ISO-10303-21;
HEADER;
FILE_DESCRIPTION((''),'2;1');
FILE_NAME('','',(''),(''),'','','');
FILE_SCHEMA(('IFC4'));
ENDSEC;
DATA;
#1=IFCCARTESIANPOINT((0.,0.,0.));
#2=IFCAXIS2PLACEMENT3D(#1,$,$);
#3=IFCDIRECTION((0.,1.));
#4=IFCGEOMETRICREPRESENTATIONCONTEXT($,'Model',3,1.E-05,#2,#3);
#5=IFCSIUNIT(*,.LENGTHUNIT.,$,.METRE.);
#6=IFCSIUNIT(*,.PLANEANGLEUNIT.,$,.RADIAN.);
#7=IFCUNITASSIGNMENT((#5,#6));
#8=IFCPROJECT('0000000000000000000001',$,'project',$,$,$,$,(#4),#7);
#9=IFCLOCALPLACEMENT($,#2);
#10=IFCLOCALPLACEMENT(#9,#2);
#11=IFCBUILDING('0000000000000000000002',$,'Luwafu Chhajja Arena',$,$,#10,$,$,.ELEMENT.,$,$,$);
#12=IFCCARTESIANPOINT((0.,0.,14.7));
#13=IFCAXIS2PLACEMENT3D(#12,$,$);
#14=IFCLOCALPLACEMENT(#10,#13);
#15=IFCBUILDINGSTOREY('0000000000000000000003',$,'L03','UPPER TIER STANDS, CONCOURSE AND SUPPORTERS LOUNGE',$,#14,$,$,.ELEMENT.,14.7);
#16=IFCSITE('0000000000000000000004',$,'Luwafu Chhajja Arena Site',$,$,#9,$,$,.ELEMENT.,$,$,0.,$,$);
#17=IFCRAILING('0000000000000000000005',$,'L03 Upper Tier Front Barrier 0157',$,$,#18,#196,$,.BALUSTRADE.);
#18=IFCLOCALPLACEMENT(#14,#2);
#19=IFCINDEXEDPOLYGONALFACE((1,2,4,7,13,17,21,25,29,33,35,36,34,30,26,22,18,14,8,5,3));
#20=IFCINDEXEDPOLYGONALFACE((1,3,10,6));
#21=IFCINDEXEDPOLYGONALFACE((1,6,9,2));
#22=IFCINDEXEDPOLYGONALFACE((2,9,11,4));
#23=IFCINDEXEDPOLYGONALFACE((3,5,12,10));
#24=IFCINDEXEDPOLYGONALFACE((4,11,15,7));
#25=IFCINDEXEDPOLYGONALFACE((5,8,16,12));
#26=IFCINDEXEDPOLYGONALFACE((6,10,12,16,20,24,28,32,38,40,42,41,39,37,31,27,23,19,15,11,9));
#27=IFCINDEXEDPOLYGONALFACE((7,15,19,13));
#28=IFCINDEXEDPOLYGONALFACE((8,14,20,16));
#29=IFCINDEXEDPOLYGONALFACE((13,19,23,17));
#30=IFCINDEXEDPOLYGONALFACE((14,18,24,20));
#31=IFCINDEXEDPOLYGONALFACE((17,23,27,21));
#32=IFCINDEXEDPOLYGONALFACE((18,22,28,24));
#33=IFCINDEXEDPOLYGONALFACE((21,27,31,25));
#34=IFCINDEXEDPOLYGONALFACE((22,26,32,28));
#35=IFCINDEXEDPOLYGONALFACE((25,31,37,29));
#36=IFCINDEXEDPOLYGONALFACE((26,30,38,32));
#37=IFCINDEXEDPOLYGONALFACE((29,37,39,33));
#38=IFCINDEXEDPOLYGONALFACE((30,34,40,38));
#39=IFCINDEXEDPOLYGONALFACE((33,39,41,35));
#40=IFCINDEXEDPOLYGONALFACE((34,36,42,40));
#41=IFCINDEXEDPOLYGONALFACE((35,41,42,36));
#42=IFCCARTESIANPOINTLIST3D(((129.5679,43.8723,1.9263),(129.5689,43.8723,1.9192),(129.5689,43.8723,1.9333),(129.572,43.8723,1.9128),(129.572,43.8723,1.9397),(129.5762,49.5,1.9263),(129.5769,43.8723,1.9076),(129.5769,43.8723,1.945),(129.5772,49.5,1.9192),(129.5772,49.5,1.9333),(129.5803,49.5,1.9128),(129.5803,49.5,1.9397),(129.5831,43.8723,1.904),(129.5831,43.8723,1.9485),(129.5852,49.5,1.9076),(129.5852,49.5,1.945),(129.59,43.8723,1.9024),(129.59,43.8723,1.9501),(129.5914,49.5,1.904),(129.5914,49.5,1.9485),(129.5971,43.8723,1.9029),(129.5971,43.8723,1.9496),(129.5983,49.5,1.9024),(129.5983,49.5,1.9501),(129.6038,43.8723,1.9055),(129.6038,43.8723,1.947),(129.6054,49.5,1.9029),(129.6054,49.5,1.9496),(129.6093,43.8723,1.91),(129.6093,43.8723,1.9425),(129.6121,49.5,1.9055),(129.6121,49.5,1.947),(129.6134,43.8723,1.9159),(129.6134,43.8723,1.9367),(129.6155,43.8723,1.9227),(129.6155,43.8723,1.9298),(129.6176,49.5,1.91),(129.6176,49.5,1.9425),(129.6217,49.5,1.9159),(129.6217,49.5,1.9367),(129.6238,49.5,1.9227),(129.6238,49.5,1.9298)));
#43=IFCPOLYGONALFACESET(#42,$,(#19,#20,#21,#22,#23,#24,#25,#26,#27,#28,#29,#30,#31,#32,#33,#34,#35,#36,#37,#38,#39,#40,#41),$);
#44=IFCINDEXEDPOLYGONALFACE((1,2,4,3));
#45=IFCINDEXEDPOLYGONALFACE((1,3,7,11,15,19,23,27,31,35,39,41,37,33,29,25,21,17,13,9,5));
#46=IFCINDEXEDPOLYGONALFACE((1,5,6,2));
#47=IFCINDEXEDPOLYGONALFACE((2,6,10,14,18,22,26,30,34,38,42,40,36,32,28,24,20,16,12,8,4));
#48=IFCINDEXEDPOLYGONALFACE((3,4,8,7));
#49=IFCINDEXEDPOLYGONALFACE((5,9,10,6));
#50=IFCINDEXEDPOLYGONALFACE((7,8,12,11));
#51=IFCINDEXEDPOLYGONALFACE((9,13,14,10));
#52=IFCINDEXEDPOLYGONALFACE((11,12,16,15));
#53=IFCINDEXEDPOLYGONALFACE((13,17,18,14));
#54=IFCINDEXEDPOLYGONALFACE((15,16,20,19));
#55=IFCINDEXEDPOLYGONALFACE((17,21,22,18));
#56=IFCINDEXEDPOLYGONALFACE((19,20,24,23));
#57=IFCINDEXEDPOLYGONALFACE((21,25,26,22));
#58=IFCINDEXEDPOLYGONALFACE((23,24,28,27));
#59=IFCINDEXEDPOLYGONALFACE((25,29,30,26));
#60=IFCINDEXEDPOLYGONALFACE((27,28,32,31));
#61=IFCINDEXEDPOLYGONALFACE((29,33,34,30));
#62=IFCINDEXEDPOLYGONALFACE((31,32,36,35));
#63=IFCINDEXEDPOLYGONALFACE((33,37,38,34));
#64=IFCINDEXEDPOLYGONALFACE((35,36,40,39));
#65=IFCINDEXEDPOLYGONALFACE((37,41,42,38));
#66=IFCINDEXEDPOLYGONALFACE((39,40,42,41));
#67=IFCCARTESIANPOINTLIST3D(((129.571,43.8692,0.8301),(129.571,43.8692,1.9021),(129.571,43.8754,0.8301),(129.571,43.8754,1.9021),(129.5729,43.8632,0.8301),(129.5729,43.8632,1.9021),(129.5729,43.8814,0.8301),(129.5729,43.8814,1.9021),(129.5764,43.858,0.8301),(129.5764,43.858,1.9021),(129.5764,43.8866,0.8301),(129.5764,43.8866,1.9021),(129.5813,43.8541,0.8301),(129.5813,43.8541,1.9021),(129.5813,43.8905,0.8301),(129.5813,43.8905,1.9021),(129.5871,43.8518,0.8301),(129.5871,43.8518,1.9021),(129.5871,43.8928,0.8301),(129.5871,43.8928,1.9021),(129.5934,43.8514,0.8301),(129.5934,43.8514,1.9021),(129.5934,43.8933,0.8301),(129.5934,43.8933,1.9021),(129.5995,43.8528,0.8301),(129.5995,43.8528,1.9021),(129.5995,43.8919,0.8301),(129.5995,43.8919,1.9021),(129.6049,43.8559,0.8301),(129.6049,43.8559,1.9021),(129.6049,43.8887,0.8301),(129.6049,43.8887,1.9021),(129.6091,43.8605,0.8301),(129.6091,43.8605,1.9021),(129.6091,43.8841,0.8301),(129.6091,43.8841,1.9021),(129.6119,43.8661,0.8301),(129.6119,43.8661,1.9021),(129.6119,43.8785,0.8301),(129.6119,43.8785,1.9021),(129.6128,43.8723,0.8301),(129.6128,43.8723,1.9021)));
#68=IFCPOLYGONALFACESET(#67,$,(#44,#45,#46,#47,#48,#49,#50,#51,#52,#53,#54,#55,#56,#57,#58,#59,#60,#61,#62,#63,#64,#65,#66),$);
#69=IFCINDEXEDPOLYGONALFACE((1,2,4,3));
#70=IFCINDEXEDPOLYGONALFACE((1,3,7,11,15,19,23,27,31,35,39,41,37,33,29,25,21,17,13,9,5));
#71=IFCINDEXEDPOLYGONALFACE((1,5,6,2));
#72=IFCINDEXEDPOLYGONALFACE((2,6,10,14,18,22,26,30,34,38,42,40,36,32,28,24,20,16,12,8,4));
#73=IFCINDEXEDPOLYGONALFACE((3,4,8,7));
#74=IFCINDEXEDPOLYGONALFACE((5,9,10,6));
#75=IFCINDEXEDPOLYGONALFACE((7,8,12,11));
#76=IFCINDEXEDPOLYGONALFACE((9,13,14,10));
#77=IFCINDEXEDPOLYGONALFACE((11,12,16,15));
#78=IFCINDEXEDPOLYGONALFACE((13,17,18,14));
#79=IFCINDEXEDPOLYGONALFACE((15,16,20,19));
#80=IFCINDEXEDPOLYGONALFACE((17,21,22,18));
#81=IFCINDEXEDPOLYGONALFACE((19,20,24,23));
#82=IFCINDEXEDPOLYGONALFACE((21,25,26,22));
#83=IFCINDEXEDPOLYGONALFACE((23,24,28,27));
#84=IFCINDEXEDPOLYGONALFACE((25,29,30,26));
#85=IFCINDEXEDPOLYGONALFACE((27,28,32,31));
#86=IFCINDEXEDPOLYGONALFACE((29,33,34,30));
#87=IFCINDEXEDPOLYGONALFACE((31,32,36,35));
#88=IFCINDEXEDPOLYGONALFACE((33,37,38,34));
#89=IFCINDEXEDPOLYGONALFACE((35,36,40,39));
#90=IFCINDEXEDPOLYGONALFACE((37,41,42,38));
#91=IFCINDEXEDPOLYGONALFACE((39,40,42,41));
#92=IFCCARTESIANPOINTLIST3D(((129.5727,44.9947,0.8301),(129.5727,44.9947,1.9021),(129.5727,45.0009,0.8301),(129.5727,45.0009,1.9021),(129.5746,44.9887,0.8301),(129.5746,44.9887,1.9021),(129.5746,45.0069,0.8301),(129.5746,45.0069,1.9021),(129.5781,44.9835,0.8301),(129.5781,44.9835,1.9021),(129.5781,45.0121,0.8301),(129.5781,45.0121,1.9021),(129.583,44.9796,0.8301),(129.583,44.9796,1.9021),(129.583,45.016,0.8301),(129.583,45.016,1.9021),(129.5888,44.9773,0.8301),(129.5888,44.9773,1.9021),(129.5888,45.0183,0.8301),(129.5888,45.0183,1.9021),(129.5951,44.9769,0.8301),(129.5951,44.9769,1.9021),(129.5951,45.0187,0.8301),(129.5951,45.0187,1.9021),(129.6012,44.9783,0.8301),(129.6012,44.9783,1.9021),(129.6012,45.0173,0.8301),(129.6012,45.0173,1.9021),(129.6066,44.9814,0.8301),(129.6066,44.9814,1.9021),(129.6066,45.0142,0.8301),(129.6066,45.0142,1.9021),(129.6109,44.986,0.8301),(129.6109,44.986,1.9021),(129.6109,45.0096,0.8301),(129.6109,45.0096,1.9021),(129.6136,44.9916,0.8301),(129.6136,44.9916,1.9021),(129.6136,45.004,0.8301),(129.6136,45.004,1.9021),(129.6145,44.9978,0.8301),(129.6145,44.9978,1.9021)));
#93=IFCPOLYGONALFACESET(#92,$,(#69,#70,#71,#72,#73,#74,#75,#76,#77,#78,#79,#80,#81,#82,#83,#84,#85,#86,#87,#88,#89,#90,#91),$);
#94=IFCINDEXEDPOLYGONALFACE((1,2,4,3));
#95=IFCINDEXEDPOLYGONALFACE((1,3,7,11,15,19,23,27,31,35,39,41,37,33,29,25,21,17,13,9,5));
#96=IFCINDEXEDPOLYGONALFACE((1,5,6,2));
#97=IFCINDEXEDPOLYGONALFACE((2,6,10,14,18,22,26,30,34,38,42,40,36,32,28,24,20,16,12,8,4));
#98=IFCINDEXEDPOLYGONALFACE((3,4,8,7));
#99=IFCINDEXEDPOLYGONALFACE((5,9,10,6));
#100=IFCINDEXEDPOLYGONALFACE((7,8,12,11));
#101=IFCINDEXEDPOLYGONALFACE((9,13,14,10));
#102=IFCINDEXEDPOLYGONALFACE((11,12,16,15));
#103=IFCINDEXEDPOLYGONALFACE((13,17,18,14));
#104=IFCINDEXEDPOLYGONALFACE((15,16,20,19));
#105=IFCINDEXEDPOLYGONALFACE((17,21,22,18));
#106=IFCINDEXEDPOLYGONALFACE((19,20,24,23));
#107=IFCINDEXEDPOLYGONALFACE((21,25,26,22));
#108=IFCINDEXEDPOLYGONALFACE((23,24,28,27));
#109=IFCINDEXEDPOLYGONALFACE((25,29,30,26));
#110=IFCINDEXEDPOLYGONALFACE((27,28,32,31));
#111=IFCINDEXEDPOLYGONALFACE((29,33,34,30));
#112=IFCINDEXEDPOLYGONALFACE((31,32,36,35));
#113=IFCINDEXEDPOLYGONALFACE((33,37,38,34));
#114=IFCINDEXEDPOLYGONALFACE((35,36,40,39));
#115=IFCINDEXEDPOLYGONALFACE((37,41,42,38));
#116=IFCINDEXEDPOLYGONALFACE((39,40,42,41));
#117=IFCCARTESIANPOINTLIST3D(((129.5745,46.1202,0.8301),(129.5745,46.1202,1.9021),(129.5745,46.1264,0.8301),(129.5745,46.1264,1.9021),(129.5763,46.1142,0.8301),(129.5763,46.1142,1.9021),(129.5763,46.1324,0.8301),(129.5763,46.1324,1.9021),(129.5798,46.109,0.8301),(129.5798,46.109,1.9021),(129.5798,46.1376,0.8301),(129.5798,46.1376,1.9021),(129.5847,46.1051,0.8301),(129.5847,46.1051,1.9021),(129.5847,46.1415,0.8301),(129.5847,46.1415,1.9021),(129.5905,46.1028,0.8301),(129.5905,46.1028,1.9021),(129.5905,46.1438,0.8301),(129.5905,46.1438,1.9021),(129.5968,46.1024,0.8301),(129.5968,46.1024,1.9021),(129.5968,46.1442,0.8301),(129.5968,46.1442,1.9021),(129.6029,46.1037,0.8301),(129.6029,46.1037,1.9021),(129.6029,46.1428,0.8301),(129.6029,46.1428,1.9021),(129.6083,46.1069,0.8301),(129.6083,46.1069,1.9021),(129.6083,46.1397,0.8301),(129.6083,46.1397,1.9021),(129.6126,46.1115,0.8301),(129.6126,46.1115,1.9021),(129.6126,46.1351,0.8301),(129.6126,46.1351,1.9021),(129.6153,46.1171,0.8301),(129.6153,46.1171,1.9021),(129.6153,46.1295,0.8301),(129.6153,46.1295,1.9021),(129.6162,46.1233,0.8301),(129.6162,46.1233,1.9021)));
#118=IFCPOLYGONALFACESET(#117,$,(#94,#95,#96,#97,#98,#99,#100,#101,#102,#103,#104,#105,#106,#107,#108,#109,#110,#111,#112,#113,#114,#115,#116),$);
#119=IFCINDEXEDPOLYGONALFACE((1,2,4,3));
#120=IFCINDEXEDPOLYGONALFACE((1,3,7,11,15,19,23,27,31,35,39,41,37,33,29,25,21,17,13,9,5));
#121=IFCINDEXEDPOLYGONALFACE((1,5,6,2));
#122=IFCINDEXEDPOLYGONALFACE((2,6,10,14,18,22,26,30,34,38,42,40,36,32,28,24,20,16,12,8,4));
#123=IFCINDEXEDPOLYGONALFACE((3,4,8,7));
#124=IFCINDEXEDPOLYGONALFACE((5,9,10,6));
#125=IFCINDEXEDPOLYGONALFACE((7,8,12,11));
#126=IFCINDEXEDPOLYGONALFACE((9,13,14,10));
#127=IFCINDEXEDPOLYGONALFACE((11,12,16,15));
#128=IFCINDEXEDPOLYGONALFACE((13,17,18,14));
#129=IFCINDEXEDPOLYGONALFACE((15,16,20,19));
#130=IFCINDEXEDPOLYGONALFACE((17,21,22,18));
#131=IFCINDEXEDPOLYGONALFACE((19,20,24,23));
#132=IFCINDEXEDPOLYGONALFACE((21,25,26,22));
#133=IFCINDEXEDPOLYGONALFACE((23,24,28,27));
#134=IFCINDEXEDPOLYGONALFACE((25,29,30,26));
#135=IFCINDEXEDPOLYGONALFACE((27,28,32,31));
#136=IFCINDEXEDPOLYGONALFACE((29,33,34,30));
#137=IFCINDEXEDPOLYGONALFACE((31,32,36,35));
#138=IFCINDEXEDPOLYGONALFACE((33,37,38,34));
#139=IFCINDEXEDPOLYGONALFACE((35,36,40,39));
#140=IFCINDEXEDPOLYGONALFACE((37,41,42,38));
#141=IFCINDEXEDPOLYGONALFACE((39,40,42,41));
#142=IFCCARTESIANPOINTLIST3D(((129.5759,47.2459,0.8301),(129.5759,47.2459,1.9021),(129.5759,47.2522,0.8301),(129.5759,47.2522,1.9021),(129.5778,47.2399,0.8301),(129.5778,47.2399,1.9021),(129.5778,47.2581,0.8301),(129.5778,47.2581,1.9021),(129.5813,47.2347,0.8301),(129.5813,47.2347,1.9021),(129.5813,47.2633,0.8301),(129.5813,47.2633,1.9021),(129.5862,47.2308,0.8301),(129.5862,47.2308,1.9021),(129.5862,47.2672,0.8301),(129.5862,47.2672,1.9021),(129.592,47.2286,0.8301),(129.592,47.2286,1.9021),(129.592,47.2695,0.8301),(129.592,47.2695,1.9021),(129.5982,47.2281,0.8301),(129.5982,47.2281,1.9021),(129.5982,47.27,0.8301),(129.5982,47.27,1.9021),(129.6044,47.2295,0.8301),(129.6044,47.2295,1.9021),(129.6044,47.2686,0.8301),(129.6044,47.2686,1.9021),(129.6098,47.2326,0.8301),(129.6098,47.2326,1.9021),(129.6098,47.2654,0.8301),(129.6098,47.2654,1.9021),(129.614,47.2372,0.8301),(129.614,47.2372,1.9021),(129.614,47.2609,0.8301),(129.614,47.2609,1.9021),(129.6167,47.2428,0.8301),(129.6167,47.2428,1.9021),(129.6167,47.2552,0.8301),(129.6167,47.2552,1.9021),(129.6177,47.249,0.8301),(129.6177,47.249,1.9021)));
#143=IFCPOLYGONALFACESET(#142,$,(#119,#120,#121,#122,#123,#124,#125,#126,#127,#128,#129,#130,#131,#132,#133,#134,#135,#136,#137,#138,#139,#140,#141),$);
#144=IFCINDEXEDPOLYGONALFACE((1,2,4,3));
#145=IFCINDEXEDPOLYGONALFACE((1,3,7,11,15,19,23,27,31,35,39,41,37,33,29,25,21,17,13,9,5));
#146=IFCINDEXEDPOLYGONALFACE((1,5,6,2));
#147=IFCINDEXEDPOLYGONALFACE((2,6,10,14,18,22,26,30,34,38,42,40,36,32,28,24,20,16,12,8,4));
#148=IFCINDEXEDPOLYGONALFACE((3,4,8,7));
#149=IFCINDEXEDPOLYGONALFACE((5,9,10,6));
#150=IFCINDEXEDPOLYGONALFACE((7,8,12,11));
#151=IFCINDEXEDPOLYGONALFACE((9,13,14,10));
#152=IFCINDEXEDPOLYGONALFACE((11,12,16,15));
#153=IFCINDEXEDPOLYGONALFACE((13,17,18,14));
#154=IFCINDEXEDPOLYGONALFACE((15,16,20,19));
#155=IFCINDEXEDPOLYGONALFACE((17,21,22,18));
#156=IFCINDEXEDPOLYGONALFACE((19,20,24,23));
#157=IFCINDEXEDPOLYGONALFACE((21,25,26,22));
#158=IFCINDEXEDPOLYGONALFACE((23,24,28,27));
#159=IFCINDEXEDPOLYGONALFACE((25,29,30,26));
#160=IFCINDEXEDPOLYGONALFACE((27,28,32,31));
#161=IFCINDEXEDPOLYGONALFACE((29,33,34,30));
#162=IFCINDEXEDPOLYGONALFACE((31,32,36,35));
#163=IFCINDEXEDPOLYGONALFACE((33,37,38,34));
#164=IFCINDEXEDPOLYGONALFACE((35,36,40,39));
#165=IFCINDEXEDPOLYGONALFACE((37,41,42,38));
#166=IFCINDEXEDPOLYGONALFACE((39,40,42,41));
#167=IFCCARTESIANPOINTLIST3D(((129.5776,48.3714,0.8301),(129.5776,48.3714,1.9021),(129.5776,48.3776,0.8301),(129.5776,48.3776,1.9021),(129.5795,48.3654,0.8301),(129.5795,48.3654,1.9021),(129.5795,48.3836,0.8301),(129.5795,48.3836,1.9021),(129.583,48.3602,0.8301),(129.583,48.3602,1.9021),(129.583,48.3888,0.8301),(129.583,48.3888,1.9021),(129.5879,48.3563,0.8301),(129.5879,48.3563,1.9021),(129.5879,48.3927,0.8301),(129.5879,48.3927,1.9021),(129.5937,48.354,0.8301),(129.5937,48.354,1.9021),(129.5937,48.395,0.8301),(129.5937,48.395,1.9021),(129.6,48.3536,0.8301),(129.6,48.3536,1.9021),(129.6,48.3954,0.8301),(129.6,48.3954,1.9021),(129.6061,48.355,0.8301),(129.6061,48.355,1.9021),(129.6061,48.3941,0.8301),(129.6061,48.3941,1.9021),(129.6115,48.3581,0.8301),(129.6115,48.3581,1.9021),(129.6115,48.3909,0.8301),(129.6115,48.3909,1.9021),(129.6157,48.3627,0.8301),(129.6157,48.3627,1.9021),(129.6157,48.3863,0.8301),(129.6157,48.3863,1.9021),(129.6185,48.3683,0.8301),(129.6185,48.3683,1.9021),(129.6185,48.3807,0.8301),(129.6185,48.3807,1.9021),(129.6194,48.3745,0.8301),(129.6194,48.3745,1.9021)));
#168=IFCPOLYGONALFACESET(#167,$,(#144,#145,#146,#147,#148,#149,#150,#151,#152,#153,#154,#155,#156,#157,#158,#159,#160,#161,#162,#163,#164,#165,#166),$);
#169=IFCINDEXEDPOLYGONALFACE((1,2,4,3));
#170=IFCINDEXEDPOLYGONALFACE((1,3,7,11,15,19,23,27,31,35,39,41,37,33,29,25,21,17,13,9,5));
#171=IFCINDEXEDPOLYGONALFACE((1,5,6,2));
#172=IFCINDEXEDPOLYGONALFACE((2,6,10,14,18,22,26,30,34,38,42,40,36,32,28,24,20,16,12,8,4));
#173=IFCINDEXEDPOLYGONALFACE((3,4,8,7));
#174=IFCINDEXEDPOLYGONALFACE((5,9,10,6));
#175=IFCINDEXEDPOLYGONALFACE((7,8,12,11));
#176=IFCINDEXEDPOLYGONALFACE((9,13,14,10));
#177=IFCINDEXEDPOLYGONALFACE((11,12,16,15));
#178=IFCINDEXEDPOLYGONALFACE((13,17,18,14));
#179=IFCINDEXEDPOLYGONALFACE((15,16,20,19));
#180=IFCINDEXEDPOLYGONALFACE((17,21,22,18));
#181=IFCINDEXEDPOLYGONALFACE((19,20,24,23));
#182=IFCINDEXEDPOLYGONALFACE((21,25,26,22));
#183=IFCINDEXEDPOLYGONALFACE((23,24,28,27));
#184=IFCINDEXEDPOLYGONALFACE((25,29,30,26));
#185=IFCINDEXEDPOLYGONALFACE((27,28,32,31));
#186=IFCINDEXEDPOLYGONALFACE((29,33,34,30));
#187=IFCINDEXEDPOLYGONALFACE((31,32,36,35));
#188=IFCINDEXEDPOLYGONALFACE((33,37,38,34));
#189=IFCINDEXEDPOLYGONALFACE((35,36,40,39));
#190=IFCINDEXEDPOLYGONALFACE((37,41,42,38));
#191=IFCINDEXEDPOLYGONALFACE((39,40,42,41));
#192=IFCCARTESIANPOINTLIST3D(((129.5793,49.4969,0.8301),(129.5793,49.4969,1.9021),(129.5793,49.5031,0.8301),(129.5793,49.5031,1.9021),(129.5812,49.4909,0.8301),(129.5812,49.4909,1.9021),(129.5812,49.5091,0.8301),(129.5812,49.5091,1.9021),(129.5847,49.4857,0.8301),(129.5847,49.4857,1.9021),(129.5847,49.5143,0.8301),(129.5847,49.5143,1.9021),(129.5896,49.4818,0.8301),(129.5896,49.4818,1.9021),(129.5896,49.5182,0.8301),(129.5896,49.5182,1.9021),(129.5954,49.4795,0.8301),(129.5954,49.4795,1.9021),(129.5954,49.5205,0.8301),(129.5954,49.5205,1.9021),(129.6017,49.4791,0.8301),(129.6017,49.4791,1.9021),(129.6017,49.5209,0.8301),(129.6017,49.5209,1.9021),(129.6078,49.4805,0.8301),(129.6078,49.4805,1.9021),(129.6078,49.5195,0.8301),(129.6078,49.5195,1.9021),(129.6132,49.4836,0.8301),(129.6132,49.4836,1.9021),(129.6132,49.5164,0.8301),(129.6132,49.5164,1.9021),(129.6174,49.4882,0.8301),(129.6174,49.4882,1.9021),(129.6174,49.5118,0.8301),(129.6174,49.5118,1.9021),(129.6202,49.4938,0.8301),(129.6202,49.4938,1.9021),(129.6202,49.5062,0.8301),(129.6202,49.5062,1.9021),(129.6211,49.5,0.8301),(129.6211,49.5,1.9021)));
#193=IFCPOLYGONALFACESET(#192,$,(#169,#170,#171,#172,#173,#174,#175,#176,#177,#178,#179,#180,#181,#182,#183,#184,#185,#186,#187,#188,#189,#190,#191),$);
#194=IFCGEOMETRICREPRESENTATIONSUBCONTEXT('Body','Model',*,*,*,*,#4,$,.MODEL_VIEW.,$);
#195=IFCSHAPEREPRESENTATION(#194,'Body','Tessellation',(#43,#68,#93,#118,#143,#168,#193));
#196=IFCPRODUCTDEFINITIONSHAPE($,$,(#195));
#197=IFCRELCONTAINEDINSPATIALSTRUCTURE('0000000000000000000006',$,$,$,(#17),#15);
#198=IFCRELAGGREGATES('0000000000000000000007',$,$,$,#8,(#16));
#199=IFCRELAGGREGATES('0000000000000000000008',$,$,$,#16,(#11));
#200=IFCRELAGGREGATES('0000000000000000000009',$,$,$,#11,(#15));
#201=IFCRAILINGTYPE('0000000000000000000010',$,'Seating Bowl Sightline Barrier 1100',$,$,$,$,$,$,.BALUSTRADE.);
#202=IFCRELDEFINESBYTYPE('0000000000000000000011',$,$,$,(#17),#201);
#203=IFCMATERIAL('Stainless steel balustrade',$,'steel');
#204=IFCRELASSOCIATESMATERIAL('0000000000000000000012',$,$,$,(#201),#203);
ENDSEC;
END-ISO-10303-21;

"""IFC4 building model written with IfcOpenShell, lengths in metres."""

from ifc_helpers import new_model, si_unit, direction, frame, origin, origin_2d, place, context, subcontext, project, spatial, circle, extrude, material, type_object, element, save


model = new_model("IFC4")

# Units and contexts
model_context = context("Model", 3, precision=1e-05, world=origin(), true_north=direction((0.0, 1.0)))
body_context = subcontext(model_context, "Body", "Model", "MODEL_VIEW")
ifc_project = project(units=[si_unit("LENGTHUNIT", "METRE"), si_unit("PLANEANGLEUNIT", "RADIAN")], contexts=[model_context])

# Site, building, storey
site_placement = place(None, origin())
site = spatial("IfcSite", under=ifc_project, at=site_placement, Name="Luwafu Chhajja Arena Site", CompositionType="ELEMENT", RefElevation=0.0)
building_placement = place(site_placement, origin())
building = spatial("IfcBuilding", under=site, at=building_placement, Name="Luwafu Chhajja Arena", CompositionType="ELEMENT")
storey_placement = place(building_placement, frame((0.0, 0.0, 14.7)))
storey = spatial("IfcBuildingStorey", under=building, at=storey_placement, Name="L03", Description="UPPER TIER STANDS, CONCOURSE AND SUPPORTERS LOUNGE", CompositionType="ELEMENT", Elevation=14.7)

# Railing
ifc_material_1 = material(Name="Stainless steel balustrade", Category="steel")
railing_type = type_object("IfcRailingType", Name="Seating Bowl Sightline Barrier 1100", PredefinedType="BALUSTRADE", material=ifc_material_1)
railing_1_placement = place(storey_placement, frame((129.5918, 43.8723, 0.8301)))
element("IfcRailing", 1, at=railing_1_placement, inside=storey, type_object=railing_type, Name="L03 Upper Tier Front Barrier 0157", PredefinedType="BALUSTRADE", context=body_context, shape_type="SweptSolid", body=[
    extrude(circle(Radius=0.0239, at=origin_2d()), frame((0.0, 0.0, 1.0962), z_axis=(0.001475, 0.999999, 0.0), x_axis=(-0.999999, 0.001475, 0.0)), (0.0, 0.0, 1.0), 5.6277),
    extrude(circle(Radius=0.021, at=origin_2d()), origin(), (0.0, 0.0, 1.0), 1.072),
    extrude(circle(Radius=0.021, at=origin_2d()), frame((0.0017, 1.1255, 0.0)), (0.0, 0.0, 1.0), 1.072),
    extrude(circle(Radius=0.021, at=origin_2d()), frame((0.0034, 2.251, 0.0)), (0.0, 0.0, 1.0), 1.072),
    extrude(circle(Radius=0.021, at=origin_2d()), frame((0.0049, 3.3767, 0.0)), (0.0, 0.0, 1.0), 1.072),
    extrude(circle(Radius=0.021, at=origin_2d()), frame((0.0066, 4.5022, 0.0)), (0.0, 0.0, 1.0), 1.072),
    extrude(circle(Radius=0.021, at=origin_2d()), frame((0.0083, 5.6277, 0.0)), (0.0, 0.0, 1.0), 1.072),
])

save(model, "model.ifc")
